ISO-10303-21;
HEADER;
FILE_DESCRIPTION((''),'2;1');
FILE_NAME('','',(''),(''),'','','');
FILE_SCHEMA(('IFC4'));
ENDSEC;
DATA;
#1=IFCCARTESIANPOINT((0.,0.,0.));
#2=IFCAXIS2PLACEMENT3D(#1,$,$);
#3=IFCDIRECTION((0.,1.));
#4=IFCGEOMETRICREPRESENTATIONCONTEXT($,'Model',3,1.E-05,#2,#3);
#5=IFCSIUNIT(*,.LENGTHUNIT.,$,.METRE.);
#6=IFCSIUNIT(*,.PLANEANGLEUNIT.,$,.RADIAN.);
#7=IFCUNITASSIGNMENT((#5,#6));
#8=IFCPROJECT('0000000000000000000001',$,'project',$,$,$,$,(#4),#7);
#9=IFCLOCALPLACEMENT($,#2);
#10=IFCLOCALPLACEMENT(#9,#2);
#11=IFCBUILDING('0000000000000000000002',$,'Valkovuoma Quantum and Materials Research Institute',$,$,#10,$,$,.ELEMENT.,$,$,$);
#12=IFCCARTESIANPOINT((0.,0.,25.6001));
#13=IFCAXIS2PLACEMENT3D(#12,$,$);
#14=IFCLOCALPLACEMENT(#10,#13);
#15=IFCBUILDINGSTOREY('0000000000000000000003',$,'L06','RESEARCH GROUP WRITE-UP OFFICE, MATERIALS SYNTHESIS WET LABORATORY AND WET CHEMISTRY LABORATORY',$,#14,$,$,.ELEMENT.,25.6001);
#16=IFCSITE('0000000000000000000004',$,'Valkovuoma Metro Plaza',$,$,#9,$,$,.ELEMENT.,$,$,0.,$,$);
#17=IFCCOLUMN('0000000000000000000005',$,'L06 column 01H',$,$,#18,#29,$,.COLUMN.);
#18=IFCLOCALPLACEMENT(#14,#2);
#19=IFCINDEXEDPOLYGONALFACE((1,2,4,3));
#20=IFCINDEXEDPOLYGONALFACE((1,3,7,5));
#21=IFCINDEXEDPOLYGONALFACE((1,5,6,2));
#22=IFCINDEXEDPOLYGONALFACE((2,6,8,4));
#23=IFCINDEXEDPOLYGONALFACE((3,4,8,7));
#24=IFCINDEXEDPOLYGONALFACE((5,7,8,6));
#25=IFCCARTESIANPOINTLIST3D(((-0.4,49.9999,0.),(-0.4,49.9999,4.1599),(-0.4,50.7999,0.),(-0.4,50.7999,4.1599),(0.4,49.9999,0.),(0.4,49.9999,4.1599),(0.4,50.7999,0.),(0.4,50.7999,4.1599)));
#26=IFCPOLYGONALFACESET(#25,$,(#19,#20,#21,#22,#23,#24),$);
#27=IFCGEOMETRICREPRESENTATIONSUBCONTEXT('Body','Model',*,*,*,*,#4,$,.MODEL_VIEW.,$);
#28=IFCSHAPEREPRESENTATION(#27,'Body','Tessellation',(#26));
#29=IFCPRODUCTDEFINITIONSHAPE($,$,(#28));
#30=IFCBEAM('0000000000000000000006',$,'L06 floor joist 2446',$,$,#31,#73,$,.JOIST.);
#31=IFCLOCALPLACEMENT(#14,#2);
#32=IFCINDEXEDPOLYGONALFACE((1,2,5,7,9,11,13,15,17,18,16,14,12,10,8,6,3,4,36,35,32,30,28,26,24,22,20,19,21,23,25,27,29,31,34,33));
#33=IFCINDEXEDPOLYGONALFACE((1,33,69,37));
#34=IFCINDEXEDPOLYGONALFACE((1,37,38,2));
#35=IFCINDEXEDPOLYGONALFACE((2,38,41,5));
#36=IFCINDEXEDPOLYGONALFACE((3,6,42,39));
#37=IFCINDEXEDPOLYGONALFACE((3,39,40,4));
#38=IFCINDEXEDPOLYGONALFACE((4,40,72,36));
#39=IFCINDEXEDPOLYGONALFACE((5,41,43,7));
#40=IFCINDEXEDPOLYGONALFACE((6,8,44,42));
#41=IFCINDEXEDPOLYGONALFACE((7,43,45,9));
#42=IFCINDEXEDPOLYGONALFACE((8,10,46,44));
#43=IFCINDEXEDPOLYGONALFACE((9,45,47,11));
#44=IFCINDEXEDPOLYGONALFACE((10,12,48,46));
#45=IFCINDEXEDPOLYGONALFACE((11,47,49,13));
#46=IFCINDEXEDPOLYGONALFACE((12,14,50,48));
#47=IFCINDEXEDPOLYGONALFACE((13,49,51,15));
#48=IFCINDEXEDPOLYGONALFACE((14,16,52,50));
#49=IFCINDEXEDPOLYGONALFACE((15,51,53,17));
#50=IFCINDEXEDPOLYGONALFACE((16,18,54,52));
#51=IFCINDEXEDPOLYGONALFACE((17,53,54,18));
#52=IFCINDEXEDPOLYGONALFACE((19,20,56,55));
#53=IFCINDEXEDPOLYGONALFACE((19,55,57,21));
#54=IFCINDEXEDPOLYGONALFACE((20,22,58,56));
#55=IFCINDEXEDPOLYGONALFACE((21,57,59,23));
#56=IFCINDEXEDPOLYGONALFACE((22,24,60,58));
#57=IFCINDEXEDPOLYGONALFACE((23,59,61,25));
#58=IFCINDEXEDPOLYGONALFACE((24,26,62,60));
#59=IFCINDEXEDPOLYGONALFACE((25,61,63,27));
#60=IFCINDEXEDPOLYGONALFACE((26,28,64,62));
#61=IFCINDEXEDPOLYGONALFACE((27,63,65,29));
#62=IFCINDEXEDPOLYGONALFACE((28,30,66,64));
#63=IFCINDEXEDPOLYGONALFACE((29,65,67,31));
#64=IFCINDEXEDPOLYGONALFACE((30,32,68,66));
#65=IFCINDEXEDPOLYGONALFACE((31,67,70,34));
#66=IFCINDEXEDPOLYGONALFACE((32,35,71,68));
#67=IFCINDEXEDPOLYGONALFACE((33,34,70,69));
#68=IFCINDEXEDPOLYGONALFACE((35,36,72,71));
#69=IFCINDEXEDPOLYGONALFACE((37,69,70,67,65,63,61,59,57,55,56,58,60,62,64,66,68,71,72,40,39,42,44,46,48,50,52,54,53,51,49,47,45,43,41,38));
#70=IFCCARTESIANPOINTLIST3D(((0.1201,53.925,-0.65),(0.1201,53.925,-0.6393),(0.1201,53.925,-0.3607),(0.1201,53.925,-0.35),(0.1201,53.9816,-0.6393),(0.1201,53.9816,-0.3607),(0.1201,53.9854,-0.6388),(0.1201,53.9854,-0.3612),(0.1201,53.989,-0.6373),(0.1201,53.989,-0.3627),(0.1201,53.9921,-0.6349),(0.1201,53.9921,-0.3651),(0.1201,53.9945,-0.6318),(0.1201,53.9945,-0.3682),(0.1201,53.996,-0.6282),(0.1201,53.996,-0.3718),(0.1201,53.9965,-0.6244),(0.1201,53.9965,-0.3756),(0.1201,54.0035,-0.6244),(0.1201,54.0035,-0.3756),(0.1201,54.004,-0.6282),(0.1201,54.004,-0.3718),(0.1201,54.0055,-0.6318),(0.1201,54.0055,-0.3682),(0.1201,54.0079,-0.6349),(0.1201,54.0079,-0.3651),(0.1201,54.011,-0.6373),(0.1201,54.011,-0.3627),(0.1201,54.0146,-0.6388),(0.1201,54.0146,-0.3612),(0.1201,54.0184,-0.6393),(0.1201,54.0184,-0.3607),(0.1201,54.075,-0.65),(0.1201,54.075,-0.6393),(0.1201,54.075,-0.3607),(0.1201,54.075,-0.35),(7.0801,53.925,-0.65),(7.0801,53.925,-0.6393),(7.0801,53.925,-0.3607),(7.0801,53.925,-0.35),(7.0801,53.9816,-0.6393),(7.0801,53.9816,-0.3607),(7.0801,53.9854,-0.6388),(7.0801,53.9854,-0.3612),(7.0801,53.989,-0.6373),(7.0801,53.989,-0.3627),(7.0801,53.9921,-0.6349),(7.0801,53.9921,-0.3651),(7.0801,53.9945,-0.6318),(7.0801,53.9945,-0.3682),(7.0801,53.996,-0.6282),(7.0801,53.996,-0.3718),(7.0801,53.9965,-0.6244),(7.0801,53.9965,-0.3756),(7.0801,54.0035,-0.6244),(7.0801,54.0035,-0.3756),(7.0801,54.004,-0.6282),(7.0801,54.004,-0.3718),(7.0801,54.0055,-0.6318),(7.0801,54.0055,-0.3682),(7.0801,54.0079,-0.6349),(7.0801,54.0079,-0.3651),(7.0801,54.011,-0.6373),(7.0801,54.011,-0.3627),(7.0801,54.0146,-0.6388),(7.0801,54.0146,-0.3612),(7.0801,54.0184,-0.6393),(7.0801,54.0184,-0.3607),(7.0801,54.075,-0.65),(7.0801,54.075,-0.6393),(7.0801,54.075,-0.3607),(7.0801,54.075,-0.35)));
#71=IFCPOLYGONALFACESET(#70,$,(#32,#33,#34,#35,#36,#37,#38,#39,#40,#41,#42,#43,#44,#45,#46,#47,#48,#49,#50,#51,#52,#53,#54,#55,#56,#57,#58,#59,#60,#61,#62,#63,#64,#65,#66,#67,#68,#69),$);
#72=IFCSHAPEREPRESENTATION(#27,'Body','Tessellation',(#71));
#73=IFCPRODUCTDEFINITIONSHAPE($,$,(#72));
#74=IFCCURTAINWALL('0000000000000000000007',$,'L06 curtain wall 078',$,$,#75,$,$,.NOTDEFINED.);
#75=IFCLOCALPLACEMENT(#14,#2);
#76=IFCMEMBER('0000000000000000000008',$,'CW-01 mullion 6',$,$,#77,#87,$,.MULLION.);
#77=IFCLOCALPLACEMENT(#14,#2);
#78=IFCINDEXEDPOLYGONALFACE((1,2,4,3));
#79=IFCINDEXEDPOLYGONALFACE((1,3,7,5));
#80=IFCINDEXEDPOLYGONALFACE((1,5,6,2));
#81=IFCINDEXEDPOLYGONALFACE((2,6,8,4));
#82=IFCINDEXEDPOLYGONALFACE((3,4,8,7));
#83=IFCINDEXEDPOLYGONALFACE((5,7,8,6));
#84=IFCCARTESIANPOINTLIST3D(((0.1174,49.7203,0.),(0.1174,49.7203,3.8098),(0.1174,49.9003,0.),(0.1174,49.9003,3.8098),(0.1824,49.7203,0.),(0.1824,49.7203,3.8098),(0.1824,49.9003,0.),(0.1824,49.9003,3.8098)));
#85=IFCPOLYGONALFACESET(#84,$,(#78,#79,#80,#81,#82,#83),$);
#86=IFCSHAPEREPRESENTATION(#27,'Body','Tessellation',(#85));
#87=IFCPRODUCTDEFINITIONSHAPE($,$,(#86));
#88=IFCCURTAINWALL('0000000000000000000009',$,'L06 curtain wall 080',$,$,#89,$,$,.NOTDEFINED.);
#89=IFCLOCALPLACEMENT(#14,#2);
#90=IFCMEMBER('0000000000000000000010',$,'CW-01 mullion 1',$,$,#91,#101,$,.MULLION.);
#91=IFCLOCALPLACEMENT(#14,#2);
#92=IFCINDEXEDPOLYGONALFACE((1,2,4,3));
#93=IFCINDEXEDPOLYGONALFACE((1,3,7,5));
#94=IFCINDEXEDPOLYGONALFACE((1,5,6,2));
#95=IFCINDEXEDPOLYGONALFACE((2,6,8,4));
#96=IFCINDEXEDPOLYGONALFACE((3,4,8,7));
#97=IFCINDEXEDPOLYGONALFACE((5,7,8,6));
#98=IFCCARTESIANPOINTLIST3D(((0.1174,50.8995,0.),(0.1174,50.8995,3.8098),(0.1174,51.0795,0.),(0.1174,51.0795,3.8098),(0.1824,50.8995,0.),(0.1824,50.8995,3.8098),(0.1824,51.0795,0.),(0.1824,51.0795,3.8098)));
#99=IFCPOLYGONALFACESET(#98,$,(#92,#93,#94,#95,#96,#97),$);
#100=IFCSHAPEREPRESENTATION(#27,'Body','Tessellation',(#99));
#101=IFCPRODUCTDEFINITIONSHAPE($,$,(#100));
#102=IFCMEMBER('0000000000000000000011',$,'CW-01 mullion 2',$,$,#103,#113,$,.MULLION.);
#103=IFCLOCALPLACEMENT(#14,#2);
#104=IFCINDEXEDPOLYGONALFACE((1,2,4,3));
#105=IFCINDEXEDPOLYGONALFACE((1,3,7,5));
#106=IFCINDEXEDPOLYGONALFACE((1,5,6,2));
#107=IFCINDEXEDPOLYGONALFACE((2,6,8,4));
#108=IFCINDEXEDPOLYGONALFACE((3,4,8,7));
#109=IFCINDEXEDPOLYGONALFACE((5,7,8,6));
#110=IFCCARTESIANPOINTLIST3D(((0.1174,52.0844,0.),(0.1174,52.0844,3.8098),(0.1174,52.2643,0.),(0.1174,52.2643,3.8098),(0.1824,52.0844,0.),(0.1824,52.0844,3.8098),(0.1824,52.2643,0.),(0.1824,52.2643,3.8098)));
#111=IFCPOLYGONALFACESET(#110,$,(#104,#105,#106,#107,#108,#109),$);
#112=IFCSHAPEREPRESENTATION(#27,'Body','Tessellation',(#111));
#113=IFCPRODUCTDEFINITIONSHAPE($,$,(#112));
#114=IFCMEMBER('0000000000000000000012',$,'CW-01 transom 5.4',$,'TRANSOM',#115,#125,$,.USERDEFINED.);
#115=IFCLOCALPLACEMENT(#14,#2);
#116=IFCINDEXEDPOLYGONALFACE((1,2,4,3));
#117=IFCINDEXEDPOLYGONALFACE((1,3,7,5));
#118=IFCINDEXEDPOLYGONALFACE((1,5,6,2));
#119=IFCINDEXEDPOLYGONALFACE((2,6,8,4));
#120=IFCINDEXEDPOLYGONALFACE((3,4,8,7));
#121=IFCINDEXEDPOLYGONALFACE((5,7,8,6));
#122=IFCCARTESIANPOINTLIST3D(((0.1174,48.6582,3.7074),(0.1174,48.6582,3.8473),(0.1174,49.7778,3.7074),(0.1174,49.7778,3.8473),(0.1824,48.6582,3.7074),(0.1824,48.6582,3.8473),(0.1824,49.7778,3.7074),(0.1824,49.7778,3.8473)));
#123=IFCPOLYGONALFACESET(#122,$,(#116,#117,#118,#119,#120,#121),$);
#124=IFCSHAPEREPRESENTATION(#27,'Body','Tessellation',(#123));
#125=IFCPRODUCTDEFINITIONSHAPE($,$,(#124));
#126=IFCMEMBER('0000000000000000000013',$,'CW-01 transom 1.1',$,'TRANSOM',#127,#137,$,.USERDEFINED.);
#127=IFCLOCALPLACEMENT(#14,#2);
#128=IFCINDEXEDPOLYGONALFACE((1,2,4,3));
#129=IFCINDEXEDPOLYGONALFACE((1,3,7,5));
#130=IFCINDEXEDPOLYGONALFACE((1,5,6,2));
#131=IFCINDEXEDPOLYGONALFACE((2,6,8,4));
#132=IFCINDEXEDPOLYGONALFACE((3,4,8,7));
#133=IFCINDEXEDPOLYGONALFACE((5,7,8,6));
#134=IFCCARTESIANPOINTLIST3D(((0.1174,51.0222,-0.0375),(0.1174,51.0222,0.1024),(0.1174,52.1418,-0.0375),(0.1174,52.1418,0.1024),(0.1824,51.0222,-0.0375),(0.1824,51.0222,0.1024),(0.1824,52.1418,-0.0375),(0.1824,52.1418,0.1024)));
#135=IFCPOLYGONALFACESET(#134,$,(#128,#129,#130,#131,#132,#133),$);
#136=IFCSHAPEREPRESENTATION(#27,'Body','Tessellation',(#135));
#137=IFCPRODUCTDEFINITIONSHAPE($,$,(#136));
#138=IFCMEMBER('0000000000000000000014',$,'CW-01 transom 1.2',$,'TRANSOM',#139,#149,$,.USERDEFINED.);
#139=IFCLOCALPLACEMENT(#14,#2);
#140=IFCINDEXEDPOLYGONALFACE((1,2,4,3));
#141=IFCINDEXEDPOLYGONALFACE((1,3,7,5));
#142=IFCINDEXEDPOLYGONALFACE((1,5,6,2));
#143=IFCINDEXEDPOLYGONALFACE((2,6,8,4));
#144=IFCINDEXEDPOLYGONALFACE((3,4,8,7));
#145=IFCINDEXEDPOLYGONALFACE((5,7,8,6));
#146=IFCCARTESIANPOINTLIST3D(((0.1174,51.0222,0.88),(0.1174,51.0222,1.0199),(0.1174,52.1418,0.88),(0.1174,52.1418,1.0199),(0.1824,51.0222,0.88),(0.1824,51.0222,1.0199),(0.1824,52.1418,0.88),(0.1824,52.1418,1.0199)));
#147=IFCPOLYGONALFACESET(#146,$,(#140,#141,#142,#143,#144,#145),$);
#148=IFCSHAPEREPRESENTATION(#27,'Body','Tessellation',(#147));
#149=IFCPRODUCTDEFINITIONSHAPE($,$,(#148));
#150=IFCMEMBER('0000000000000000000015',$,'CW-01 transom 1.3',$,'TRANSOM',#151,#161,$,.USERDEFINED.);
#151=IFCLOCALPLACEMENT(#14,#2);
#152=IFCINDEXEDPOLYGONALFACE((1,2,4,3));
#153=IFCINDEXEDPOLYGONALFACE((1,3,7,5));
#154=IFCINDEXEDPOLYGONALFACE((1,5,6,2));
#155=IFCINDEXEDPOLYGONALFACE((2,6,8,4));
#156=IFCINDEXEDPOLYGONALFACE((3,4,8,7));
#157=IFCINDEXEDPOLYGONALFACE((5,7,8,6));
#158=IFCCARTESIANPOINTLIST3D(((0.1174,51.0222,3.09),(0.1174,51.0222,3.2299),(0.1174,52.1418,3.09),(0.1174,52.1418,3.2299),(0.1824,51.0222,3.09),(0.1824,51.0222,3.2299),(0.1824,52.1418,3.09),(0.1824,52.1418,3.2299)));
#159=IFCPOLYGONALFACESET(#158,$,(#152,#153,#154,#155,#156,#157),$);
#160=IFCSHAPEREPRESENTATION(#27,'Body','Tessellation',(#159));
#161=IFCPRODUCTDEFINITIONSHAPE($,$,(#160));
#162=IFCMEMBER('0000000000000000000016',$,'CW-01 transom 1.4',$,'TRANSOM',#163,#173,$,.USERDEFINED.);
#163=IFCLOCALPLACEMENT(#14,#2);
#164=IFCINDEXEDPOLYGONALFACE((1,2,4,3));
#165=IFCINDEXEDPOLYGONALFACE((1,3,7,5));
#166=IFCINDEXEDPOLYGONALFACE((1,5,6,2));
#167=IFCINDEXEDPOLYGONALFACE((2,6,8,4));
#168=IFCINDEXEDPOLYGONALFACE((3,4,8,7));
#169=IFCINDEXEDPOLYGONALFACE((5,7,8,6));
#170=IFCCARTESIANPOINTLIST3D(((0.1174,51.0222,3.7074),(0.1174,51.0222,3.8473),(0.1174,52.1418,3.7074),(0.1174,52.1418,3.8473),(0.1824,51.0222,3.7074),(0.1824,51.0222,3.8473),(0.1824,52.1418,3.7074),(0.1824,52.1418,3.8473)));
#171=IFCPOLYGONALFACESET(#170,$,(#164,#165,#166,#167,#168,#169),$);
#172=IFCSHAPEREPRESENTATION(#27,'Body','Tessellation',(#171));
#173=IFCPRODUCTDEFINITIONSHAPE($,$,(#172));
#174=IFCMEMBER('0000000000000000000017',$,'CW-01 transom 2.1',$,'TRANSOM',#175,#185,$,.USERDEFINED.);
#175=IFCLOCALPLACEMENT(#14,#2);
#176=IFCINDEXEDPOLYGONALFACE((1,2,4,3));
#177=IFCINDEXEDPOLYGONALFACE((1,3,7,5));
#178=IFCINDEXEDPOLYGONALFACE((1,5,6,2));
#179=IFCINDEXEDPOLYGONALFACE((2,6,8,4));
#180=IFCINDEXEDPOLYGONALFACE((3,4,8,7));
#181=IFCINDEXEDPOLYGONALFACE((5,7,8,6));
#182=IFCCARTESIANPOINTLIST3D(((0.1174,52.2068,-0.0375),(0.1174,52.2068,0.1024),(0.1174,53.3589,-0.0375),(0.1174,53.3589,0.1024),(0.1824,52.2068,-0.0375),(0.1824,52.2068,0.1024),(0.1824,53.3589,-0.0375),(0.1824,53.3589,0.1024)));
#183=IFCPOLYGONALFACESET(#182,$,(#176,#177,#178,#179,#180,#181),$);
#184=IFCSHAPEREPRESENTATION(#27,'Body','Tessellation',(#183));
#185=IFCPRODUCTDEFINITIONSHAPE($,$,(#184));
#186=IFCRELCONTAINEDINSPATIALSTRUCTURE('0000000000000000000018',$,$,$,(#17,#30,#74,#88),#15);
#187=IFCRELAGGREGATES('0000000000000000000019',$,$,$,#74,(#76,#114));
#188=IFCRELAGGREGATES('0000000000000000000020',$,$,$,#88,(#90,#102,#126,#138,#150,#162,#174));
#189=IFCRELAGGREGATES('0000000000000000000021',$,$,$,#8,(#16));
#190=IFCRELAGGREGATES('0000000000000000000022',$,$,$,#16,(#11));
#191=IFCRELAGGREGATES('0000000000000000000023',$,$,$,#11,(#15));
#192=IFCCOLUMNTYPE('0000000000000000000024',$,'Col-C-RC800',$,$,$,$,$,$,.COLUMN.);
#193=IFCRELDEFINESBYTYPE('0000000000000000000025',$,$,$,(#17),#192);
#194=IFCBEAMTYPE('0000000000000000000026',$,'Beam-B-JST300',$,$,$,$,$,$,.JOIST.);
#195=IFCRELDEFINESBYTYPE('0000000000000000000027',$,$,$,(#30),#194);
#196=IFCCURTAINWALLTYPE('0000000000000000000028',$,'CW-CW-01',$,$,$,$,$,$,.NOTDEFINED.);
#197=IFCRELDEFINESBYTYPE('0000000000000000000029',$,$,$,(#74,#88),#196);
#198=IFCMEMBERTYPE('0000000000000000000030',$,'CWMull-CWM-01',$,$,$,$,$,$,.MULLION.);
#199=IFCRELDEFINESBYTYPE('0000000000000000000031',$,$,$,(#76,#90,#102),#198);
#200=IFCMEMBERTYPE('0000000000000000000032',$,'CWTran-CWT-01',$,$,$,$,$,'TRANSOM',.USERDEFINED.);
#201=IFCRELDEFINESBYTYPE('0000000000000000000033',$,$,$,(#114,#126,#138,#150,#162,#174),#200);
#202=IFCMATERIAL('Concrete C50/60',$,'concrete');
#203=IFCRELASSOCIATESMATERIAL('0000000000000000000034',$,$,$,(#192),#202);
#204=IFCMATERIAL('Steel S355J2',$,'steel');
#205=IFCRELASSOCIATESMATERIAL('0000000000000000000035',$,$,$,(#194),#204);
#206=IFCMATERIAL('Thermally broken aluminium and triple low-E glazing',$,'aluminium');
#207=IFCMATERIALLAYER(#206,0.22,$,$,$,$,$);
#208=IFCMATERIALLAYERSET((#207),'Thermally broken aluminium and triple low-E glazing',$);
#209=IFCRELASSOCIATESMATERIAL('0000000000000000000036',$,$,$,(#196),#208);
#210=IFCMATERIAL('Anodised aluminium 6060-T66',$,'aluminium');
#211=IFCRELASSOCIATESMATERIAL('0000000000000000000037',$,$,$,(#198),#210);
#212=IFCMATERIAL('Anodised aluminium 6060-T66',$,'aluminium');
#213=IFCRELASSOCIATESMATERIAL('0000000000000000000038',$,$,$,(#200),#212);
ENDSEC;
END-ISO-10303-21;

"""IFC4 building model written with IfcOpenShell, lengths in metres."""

from ifc_helpers import new_model, si_unit, direction, frame, origin, origin_2d, place, context, subcontext, project, spatial, rectangle, i_section, extrude, material, layer, layer_set, material_profile, profile_set, type_object, element, aggregate, save


model = new_model("IFC4")

# Units and contexts
model_context = context("Model", 3, precision=1e-05, world=origin(), true_north=direction((0.0, 1.0)))
body_context = subcontext(model_context, "Body", "Model", "MODEL_VIEW")
ifc_project = project(units=[si_unit("LENGTHUNIT", "METRE"), si_unit("PLANEANGLEUNIT", "RADIAN")], contexts=[model_context])

# Site, building, storey
site_placement = place(None, origin())
site = spatial("IfcSite", under=ifc_project, at=site_placement, Name="Valkovuoma Metro Plaza", CompositionType="ELEMENT", RefElevation=0.0)
building_placement = place(site_placement, origin())
building = spatial("IfcBuilding", under=site, at=building_placement, Name="Valkovuoma Quantum and Materials Research Institute", CompositionType="ELEMENT")
storey_placement = place(building_placement, frame((0.0, 0.0, 25.6001)))
storey = spatial("IfcBuildingStorey", under=building, at=storey_placement, Name="L06", Description="RESEARCH GROUP WRITE-UP OFFICE, MATERIALS SYNTHESIS WET LABORATORY AND WET CHEMISTRY LABORATORY", CompositionType="ELEMENT", Elevation=25.6001)

# Column
ifc_material_1 = material(Name="Concrete C50/60", Category="concrete")
ifc_material_profile_1 = material_profile(ifc_material_1, rectangle(XDim=0.8, YDim=0.8, at=origin_2d()), Name="Concrete C50/60")
ifc_profile_set_1 = profile_set([ifc_material_profile_1], Name="Concrete C50/60")
column_type = type_object("IfcColumnType", Name="Col-C-RC800", PredefinedType="COLUMN", material=ifc_profile_set_1)
column_placement = place(storey_placement, frame((0.0, 50.3999, 0.0), z_axis=(0.0, 0.0, 1.0), x_axis=(1.0, 0.0, 0.0)))
element("IfcColumn", 1, at=column_placement, inside=storey, type_object=column_type, Name="L06 column 01H", PredefinedType="COLUMN", context=body_context, shape_type="SweptSolid", body=[
    extrude(rectangle(XDim=0.8, YDim=0.8, at=origin_2d()), origin(), (0.0, 0.0, 1.0), 4.1599),
])

# Beam
ifc_material_2 = material(Name="Steel S355J2", Category="steel")
ifc_material_profile_2 = material_profile(ifc_material_2, i_section(OverallWidth=0.1499, OverallDepth=0.3, WebThickness=0.0071, FlangeThickness=0.0107, FilletRadius=0.0149, at=origin_2d()), Name="Steel S355J2")
ifc_profile_set_2 = profile_set([ifc_material_profile_2], Name="Steel S355J2")
beam_type = type_object("IfcBeamType", Name="Beam-B-JST300", PredefinedType="JOIST", material=ifc_profile_set_2)
beam_placement = place(storey_placement, frame((0.1201, 54.0, -0.5), z_axis=(1.0, 0.0, 0.0), x_axis=(0.0, 1.0, 0.0)))
element("IfcBeam", 2, at=beam_placement, inside=storey, type_object=beam_type, Name="L06 floor joist 2446", PredefinedType="JOIST", context=body_context, shape_type="SweptSolid", body=[
    extrude(i_section(OverallWidth=0.1499, OverallDepth=0.3, WebThickness=0.0071, FlangeThickness=0.0107, FilletRadius=0.0149, at=origin_2d()), origin(), (0.0, 0.0, 1.0), 6.96),
])

# Curtain wall, member
ifc_material_3 = material(Name="Thermally broken aluminium and triple low-E glazing", Category="aluminium")
ifc_layer_1 = layer(ifc_material_3, 0.22)
ifc_layer_set_1 = layer_set([ifc_layer_1], Name="Thermally broken aluminium and triple low-E glazing")
curtain_wall_type = type_object("IfcCurtainWallType", Name="CW-CW-01", PredefinedType="NOTDEFINED", material=ifc_layer_set_1)
curtain_wall_1_placement = place(storey_placement, origin())
curtain_wall_1 = element("IfcCurtainWall", 3, at=curtain_wall_1_placement, inside=storey, type_object=curtain_wall_type, Name="L06 curtain wall 078", PredefinedType="NOTDEFINED")
ifc_material_4 = material(Name="Anodised aluminium 6060-T66", Category="aluminium")
ifc_material_profile_3 = material_profile(ifc_material_4, rectangle(XDim=0.0649, YDim=0.1799, at=origin_2d()), Name="Anodised aluminium 6060-T66")
ifc_profile_set_3 = profile_set([ifc_material_profile_3], Name="Anodised aluminium 6060-T66")
member_type_1 = type_object("IfcMemberType", Name="CWMull-CWM-01", PredefinedType="MULLION", material=ifc_profile_set_3)
member_1_placement = place(storey_placement, frame((0.1499, 49.8103, 0.0), z_axis=(0.0, 0.0, 1.0), x_axis=(-1.0, 0.0, 0.0)))
member_1 = element("IfcMember", 4, at=member_1_placement, type_object=member_type_1, Name="CW-01 mullion 6", PredefinedType="MULLION", context=body_context, shape_type="SweptSolid", body=[
    extrude(rectangle(XDim=0.0649, YDim=0.1799, at=origin_2d()), origin(), (0.0, 0.0, 1.0), 3.8098),
])

# Curtain wall, members
curtain_wall_2_placement = place(storey_placement, origin())
curtain_wall_2 = element("IfcCurtainWall", 5, at=curtain_wall_2_placement, inside=storey, type_object=curtain_wall_type, Name="L06 curtain wall 080", PredefinedType="NOTDEFINED")
member_2_placement = place(storey_placement, frame((0.1499, 50.9895, 0.0), z_axis=(0.0, 0.0, 1.0), x_axis=(-1.0, 0.0, 0.0)))
member_2 = element("IfcMember", 6, at=member_2_placement, type_object=member_type_1, Name="CW-01 mullion 1", PredefinedType="MULLION", context=body_context, shape_type="SweptSolid", body=[
    extrude(rectangle(XDim=0.0649, YDim=0.1799, at=origin_2d()), origin(), (0.0, 0.0, 1.0), 3.8098),
])
member_3_placement = place(storey_placement, frame((0.1499, 52.1743, 0.0), z_axis=(0.0, 0.0, 1.0), x_axis=(-1.0, 0.0, 0.0)))
member_3 = element("IfcMember", 7, at=member_3_placement, type_object=member_type_1, Name="CW-01 mullion 2", PredefinedType="MULLION", context=body_context, shape_type="SweptSolid", body=[
    extrude(rectangle(XDim=0.0649, YDim=0.1799, at=origin_2d()), origin(), (0.0, 0.0, 1.0), 3.8098),
])

# Members
ifc_material_5 = material(Name="Anodised aluminium 6060-T66", Category="aluminium")
ifc_material_profile_4 = material_profile(ifc_material_5, rectangle(XDim=0.0649, YDim=0.1399, at=origin_2d()), Name="Anodised aluminium 6060-T66")
ifc_profile_set_4 = profile_set([ifc_material_profile_4], Name="Anodised aluminium 6060-T66")
member_type_2 = type_object("IfcMemberType", Name="CWTran-CWT-01", ElementType="TRANSOM", PredefinedType="USERDEFINED", material=ifc_profile_set_4)
member_4_placement = place(storey_placement, frame((0.1499, 48.6582, 3.7773), z_axis=(0.0, 1.0, 0.0), x_axis=(-1.0, 0.0, 0.0)))
member_4 = element("IfcMember", 8, at=member_4_placement, type_object=member_type_2, Name="CW-01 transom 5.4", ObjectType="TRANSOM", PredefinedType="USERDEFINED", context=body_context, shape_type="SweptSolid", body=[
    extrude(rectangle(XDim=0.0649, YDim=0.1399, at=origin_2d()), origin(), (0.0, 0.0, 1.0), 1.1196),
])
member_5_placement = place(storey_placement, frame((0.1499, 51.0222, 0.0325), z_axis=(0.0, 1.0, 0.0), x_axis=(-1.0, 0.0, 0.0)))
member_5 = element("IfcMember", 9, at=member_5_placement, type_object=member_type_2, Name="CW-01 transom 1.1", ObjectType="TRANSOM", PredefinedType="USERDEFINED", context=body_context, shape_type="SweptSolid", body=[
    extrude(rectangle(XDim=0.0649, YDim=0.1399, at=origin_2d()), origin(), (0.0, 0.0, 1.0), 1.1196),
])
member_6_placement = place(storey_placement, frame((0.1499, 51.0222, 0.95), z_axis=(0.0, 1.0, 0.0), x_axis=(-1.0, 0.0, 0.0)))
member_6 = element("IfcMember", 10, at=member_6_placement, type_object=member_type_2, Name="CW-01 transom 1.2", ObjectType="TRANSOM", PredefinedType="USERDEFINED", context=body_context, shape_type="SweptSolid", body=[
    extrude(rectangle(XDim=0.0649, YDim=0.1399, at=origin_2d()), origin(), (0.0, 0.0, 1.0), 1.1196),
])
member_7_placement = place(storey_placement, frame((0.1499, 51.0222, 3.1599), z_axis=(0.0, 1.0, 0.0), x_axis=(-1.0, 0.0, 0.0)))
member_7 = element("IfcMember", 11, at=member_7_placement, type_object=member_type_2, Name="CW-01 transom 1.3", ObjectType="TRANSOM", PredefinedType="USERDEFINED", context=body_context, shape_type="SweptSolid", body=[
    extrude(rectangle(XDim=0.0649, YDim=0.1399, at=origin_2d()), origin(), (0.0, 0.0, 1.0), 1.1196),
])
member_8_placement = place(storey_placement, frame((0.1499, 51.0222, 3.7773), z_axis=(0.0, 1.0, 0.0), x_axis=(-1.0, 0.0, 0.0)))
member_8 = element("IfcMember", 12, at=member_8_placement, type_object=member_type_2, Name="CW-01 transom 1.4", ObjectType="TRANSOM", PredefinedType="USERDEFINED", context=body_context, shape_type="SweptSolid", body=[
    extrude(rectangle(XDim=0.0649, YDim=0.1399, at=origin_2d()), origin(), (0.0, 0.0, 1.0), 1.1196),
])
member_9_placement = place(storey_placement, frame((0.1499, 52.2068, 0.0325), z_axis=(0.0, 1.0, 0.0), x_axis=(-1.0, 0.0, 0.0)))
member_9 = element("IfcMember", 13, at=member_9_placement, type_object=member_type_2, Name="CW-01 transom 2.1", ObjectType="TRANSOM", PredefinedType="USERDEFINED", context=body_context, shape_type="SweptSolid", body=[
    extrude(rectangle(XDim=0.0649, YDim=0.1399, at=origin_2d()), origin(), (0.0, 0.0, 1.0), 1.1521),
])

aggregate(curtain_wall_1, [member_1, member_4])
aggregate(curtain_wall_2, [member_2, member_3, member_5, member_6, member_7, member_8, member_9])

save(model, "model.ifc")
